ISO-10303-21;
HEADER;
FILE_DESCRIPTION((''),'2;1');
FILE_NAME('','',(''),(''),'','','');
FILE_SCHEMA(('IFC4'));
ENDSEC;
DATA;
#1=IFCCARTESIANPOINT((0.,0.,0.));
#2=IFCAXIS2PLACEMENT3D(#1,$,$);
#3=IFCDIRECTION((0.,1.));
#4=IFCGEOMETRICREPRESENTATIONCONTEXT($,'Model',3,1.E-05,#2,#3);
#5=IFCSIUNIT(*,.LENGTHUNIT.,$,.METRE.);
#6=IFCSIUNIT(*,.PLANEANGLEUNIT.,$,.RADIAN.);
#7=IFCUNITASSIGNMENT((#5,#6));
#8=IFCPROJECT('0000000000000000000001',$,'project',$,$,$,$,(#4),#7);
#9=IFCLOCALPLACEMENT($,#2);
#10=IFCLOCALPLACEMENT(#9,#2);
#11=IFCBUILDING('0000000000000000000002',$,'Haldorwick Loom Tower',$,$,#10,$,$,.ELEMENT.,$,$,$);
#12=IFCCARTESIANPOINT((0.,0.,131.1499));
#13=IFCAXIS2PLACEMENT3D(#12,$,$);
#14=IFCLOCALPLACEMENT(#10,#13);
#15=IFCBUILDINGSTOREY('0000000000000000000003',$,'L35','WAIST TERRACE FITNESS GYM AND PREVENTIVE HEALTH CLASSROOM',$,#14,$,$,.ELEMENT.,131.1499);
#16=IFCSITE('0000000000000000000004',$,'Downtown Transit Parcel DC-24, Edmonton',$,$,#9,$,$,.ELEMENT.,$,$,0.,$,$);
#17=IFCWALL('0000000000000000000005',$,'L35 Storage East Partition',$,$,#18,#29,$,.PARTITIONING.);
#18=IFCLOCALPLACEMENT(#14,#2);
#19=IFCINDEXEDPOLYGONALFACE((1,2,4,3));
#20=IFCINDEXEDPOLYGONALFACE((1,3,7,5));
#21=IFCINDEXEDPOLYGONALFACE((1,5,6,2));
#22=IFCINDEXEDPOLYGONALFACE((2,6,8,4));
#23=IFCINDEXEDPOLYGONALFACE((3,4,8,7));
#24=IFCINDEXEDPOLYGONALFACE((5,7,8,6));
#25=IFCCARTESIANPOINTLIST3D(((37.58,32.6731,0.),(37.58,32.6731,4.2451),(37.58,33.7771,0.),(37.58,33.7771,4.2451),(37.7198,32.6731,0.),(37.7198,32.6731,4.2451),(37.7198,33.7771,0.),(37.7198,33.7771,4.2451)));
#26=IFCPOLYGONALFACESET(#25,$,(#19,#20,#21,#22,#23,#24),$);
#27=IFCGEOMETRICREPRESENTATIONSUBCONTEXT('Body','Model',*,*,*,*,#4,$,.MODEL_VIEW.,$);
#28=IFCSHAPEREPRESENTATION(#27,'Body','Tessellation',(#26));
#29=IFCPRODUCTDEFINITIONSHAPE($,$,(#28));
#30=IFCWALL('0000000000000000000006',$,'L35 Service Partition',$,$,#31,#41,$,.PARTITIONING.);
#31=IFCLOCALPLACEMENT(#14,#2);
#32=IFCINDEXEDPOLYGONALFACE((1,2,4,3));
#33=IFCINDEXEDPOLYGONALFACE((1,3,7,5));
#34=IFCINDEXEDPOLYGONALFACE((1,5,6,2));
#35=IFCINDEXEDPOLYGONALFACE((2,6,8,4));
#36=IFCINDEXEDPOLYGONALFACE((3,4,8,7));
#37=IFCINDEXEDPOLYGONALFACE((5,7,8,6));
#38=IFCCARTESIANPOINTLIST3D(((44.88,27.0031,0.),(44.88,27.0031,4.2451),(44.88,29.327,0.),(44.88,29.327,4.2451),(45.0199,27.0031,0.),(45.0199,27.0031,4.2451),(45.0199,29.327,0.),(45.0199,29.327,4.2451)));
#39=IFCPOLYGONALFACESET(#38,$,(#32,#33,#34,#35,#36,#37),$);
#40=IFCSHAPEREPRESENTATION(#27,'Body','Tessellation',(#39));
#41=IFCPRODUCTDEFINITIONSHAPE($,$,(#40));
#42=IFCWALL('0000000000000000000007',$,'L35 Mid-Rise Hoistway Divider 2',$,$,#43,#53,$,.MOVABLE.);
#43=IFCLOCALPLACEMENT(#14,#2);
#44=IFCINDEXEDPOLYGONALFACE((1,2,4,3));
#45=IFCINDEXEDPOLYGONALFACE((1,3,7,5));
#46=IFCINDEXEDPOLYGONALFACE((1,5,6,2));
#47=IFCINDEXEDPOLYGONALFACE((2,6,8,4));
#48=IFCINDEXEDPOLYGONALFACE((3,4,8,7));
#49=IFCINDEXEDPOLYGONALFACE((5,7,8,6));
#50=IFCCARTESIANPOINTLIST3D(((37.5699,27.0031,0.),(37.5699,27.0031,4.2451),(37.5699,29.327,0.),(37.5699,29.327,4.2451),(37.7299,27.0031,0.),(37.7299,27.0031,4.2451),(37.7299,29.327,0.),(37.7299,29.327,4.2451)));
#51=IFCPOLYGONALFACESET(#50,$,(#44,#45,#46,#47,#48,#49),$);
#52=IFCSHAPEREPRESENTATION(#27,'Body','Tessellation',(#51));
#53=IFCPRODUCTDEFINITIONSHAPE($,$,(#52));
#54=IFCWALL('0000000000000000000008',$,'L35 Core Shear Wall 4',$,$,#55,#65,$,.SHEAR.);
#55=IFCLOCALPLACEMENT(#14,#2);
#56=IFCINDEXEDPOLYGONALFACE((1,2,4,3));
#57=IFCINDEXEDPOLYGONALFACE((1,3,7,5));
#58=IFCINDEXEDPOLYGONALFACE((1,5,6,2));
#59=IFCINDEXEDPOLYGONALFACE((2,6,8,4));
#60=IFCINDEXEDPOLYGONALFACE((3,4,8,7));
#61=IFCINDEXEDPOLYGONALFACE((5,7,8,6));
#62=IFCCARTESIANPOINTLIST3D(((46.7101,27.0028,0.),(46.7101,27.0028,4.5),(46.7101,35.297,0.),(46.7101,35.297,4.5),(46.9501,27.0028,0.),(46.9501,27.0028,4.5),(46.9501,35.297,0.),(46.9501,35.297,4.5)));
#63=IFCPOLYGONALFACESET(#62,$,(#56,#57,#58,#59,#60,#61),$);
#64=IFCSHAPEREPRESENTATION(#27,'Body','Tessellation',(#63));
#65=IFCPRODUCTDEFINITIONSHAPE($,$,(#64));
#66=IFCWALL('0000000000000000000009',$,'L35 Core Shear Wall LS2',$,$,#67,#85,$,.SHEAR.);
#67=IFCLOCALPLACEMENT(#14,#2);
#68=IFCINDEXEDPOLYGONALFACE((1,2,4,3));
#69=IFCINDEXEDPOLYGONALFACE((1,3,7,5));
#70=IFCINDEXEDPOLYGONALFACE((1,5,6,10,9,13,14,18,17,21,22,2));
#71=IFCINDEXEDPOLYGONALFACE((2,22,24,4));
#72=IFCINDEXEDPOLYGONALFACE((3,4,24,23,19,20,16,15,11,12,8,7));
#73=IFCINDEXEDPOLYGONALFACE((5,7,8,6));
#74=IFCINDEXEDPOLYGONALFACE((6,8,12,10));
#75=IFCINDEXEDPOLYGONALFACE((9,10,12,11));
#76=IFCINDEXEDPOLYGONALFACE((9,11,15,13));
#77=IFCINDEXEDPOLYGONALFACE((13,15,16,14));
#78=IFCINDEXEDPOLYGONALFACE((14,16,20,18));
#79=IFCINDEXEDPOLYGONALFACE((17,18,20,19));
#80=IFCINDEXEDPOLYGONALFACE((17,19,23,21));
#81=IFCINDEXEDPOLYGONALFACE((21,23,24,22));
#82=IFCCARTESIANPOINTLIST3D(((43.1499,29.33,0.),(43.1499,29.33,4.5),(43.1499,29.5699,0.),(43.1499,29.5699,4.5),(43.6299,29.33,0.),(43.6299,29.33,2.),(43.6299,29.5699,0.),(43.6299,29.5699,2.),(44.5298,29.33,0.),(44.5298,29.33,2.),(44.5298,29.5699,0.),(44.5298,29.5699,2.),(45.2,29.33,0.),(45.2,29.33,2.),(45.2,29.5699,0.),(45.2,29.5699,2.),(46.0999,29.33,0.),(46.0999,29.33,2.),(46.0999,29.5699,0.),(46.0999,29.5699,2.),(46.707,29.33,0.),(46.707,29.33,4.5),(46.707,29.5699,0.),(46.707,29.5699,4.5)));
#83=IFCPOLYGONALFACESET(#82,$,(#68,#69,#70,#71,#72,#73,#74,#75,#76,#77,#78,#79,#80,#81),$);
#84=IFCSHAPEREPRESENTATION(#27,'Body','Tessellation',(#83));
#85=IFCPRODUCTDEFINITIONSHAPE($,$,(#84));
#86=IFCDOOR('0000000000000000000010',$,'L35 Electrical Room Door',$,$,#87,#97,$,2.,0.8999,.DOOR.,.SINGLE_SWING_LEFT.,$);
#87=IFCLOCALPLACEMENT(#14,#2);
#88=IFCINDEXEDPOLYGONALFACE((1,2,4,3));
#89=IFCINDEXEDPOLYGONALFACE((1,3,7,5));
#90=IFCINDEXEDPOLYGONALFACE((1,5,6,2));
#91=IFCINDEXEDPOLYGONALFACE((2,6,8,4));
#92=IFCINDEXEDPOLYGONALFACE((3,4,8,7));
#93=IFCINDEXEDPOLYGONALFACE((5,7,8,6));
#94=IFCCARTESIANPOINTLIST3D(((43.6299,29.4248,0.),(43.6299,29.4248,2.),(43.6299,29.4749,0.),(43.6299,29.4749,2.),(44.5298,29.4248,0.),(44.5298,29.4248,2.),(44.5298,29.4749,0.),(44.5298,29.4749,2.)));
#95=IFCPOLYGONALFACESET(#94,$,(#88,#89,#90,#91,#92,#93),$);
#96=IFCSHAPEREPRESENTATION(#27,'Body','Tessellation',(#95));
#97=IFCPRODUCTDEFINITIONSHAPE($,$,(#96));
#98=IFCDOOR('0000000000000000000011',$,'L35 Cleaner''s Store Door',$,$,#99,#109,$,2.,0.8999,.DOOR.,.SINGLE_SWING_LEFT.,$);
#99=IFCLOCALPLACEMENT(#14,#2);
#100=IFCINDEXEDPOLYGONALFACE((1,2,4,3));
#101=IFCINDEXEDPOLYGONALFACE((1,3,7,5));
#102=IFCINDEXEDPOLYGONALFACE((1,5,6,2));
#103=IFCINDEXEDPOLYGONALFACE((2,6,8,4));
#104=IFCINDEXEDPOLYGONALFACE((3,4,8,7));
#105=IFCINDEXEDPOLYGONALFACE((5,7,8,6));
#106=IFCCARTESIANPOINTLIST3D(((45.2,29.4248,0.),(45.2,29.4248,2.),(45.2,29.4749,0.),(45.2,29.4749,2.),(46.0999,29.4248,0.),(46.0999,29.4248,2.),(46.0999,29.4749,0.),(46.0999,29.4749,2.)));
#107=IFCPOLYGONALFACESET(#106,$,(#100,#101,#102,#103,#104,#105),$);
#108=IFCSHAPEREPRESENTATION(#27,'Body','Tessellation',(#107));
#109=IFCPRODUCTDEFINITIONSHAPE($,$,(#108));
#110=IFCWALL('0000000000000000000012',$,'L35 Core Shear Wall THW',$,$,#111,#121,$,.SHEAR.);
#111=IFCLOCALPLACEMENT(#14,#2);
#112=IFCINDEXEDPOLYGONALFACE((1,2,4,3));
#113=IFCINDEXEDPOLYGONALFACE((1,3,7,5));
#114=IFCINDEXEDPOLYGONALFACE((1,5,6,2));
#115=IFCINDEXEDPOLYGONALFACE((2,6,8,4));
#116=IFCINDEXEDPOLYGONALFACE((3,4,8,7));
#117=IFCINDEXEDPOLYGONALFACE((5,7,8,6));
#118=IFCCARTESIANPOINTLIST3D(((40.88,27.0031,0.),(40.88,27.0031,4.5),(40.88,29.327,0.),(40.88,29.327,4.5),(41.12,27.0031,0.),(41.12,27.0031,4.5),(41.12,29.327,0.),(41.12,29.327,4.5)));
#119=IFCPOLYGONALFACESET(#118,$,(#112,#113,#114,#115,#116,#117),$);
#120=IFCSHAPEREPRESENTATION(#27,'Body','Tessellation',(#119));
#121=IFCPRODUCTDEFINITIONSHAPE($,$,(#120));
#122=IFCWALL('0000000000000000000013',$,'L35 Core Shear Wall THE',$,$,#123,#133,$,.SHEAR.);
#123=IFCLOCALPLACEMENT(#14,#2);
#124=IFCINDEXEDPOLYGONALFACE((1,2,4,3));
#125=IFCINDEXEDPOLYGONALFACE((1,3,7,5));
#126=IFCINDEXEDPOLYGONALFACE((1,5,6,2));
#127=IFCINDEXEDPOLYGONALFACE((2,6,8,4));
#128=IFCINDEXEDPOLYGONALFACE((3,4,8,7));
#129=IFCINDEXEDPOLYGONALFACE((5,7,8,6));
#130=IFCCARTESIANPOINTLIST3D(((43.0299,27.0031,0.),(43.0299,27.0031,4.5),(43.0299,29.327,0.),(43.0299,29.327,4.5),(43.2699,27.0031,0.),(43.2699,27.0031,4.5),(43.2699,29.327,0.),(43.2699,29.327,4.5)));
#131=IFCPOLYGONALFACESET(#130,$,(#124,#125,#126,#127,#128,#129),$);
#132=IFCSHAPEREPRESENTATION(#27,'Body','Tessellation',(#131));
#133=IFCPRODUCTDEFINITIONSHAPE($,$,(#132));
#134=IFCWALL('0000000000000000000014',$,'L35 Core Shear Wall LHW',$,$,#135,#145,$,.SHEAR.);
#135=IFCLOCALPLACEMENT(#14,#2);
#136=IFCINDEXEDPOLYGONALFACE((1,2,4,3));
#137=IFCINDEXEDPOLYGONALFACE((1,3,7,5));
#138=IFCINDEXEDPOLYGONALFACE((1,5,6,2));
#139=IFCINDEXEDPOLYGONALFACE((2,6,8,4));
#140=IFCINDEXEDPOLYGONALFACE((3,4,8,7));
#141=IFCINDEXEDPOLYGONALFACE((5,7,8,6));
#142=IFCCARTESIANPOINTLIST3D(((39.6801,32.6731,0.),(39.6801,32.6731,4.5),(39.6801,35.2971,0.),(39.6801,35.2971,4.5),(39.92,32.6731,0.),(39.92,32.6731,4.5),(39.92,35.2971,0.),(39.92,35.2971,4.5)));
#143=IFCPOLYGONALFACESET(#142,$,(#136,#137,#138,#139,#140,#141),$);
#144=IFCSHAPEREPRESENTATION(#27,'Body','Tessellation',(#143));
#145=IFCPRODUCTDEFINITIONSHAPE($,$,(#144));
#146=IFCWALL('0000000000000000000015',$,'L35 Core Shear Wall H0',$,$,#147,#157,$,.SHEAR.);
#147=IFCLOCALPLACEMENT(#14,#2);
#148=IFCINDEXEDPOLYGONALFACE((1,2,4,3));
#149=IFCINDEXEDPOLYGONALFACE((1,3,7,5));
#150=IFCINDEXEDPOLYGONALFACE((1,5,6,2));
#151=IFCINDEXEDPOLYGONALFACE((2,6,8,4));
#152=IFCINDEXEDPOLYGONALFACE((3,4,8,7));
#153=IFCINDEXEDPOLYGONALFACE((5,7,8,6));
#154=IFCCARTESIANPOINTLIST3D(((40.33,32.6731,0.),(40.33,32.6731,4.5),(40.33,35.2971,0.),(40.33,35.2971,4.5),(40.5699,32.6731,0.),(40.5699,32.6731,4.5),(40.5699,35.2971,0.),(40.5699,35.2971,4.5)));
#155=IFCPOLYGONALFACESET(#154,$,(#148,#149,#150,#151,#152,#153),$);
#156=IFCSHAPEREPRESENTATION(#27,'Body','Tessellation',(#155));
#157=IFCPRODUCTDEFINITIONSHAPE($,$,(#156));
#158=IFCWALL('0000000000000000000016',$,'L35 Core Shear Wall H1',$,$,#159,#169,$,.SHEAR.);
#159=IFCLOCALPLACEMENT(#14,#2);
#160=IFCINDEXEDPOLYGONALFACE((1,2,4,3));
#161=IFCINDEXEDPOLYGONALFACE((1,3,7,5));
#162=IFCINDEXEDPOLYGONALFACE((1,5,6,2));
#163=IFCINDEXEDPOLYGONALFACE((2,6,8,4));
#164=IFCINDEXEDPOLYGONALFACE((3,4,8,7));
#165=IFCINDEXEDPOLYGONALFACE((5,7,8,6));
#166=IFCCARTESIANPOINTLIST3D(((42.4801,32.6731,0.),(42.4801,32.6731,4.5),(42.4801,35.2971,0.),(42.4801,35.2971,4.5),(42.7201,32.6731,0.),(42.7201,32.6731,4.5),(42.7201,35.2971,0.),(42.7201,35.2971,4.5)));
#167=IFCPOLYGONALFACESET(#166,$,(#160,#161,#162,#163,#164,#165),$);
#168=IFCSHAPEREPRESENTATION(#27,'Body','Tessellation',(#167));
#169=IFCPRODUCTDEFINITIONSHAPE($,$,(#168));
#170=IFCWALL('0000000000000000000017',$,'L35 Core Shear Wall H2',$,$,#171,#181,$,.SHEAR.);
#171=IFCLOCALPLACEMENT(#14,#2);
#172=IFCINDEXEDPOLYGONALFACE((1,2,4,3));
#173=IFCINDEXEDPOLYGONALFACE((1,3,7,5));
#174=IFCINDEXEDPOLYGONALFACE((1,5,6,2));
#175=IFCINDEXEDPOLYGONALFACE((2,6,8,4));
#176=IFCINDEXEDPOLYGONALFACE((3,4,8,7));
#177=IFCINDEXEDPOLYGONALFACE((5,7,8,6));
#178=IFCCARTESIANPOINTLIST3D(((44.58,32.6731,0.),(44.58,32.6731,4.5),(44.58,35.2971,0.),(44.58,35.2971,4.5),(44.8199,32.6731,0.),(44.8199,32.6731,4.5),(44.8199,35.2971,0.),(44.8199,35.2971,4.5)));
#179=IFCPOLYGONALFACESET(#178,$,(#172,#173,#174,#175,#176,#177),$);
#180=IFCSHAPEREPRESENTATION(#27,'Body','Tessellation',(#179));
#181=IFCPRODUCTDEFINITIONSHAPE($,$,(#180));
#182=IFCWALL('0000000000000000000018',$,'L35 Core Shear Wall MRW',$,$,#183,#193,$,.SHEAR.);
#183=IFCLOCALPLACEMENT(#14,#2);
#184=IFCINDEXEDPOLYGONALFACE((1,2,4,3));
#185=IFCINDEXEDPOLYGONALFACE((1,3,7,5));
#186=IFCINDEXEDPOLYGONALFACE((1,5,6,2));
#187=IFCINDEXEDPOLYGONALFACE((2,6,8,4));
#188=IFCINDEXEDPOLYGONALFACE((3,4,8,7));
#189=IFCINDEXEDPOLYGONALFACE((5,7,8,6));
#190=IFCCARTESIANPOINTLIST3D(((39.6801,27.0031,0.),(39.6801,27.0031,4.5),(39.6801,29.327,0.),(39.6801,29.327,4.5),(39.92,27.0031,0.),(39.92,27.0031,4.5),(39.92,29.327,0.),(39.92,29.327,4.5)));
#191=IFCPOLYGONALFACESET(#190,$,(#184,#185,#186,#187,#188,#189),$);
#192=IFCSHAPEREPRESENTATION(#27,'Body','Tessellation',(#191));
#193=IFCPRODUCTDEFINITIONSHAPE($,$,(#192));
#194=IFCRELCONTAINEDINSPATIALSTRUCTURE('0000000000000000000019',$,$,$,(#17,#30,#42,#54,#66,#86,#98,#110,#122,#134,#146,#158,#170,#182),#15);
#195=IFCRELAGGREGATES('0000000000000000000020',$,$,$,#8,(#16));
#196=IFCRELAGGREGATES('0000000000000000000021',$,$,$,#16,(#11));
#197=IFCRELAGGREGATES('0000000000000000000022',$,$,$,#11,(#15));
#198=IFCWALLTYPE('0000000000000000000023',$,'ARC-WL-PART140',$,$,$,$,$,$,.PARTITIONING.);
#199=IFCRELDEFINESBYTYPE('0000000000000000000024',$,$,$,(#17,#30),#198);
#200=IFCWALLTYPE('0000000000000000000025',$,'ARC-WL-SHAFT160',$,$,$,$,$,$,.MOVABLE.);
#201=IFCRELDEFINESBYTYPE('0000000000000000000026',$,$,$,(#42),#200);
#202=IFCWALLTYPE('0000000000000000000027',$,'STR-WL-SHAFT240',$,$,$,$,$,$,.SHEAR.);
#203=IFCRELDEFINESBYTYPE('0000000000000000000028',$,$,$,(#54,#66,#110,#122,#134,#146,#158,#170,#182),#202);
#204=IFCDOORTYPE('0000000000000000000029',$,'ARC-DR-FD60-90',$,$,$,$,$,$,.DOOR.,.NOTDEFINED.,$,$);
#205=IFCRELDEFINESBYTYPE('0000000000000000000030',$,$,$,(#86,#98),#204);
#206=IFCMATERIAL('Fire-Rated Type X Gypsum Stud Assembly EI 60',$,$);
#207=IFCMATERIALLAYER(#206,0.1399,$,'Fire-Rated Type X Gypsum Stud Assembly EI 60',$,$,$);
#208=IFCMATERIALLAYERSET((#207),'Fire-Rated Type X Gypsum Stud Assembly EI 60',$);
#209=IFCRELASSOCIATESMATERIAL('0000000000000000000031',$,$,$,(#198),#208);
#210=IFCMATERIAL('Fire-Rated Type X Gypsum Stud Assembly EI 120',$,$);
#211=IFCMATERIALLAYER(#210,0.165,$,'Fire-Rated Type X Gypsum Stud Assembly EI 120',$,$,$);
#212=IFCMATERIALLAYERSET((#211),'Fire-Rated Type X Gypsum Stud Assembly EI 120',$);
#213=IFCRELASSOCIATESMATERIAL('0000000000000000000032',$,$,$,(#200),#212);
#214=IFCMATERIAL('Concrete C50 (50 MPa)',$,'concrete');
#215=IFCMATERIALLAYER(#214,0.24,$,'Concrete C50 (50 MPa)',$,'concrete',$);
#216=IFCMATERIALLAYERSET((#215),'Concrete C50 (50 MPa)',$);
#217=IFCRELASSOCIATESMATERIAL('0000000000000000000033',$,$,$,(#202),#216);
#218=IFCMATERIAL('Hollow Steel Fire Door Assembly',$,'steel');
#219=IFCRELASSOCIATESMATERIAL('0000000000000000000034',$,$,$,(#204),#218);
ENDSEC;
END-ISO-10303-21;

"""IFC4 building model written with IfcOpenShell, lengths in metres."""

from ifc_helpers import new_model, si_unit, direction, frame, frame_2d, origin, place, context, subcontext, project, spatial, rectangle, extrude, material, layer, layer_set, type_object, element, fill, save


model = new_model("IFC4")

# Units and contexts
model_context = context("Model", 3, precision=1e-05, world=origin(), true_north=direction((0.0, 1.0)))
body_context = subcontext(model_context, "Body", "Model", "MODEL_VIEW")
ifc_project = project(units=[si_unit("LENGTHUNIT", "METRE"), si_unit("PLANEANGLEUNIT", "RADIAN")], contexts=[model_context])

# Site, building, storey
site_placement = place(None, origin())
site = spatial("IfcSite", under=ifc_project, at=site_placement, Name="Downtown Transit Parcel DC-24, Edmonton", CompositionType="ELEMENT", RefElevation=0.0)
building_placement = place(site_placement, origin())
building = spatial("IfcBuilding", under=site, at=building_placement, Name="Haldorwick Loom Tower", CompositionType="ELEMENT")
storey_placement = place(building_placement, frame((0.0, 0.0, 131.1499)))
storey = spatial("IfcBuildingStorey", under=building, at=storey_placement, Name="L35", Description="WAIST TERRACE FITNESS GYM AND PREVENTIVE HEALTH CLASSROOM", CompositionType="ELEMENT", Elevation=131.1499)

# Walls
ifc_material_1 = material(Name="Fire-Rated Type X Gypsum Stud Assembly EI 60")
ifc_layer_1 = layer(ifc_material_1, 0.1399, Name="Fire-Rated Type X Gypsum Stud Assembly EI 60")
ifc_layer_set_1 = layer_set([ifc_layer_1], Name="Fire-Rated Type X Gypsum Stud Assembly EI 60")
wall_type_1 = type_object("IfcWallType", Name="ARC-WL-PART140", PredefinedType="PARTITIONING", material=ifc_layer_set_1)
wall_1_placement = place(storey_placement, frame((37.6499, 32.6731, 0.0), z_axis=(0.0, 0.0, 1.0), x_axis=(0.0, 1.0, 0.0)))
element("IfcWall", 1, at=wall_1_placement, inside=storey, type_object=wall_type_1, Name="L35 Storage East Partition", PredefinedType="PARTITIONING", context=body_context, shape_type="SweptSolid", body=[
    extrude(rectangle(XDim=1.104, YDim=0.1399, at=frame_2d((0.552, 0.0))), origin(), (0.0, 0.0, 1.0), 4.2451),
])
wall_2_placement = place(storey_placement, frame((44.95, 27.0029, 0.0), z_axis=(0.0, 0.0, 1.0), x_axis=(0.0, 1.0, 0.0)))
element("IfcWall", 2, at=wall_2_placement, inside=storey, type_object=wall_type_1, Name="L35 Service Partition", PredefinedType="PARTITIONING", context=body_context, shape_type="SweptSolid", body=[
    extrude(rectangle(XDim=2.324, YDim=0.1399, at=frame_2d((1.1621, 0.0))), origin(), (0.0, 0.0, 1.0), 4.2451),
])
ifc_material_2 = material(Name="Fire-Rated Type X Gypsum Stud Assembly EI 120")
ifc_layer_2 = layer(ifc_material_2, 0.165, Name="Fire-Rated Type X Gypsum Stud Assembly EI 120")
ifc_layer_set_2 = layer_set([ifc_layer_2], Name="Fire-Rated Type X Gypsum Stud Assembly EI 120")
wall_type_2 = type_object("IfcWallType", Name="ARC-WL-SHAFT160", PredefinedType="MOVABLE", material=ifc_layer_set_2)
wall_3_placement = place(storey_placement, frame((37.6499, 27.0029, 0.0), z_axis=(0.0, 0.0, 1.0), x_axis=(0.0, 1.0, 0.0)))
element("IfcWall", 3, at=wall_3_placement, inside=storey, type_object=wall_type_2, Name="L35 Mid-Rise Hoistway Divider 2", PredefinedType="MOVABLE", context=body_context, shape_type="SweptSolid", body=[
    extrude(rectangle(XDim=2.324, YDim=0.1599, at=frame_2d((1.1621, 0.0))), origin(), (0.0, 0.0, 1.0), 4.2451),
])
ifc_material_3 = material(Name="Concrete C50 (50 MPa)", Category="concrete")
ifc_layer_3 = layer(ifc_material_3, 0.24, Name="Concrete C50 (50 MPa)", Category="concrete")
ifc_layer_set_3 = layer_set([ifc_layer_3], Name="Concrete C50 (50 MPa)")
wall_type_3 = type_object("IfcWallType", Name="STR-WL-SHAFT240", PredefinedType="SHEAR", material=ifc_layer_set_3)
wall_4_placement = place(storey_placement, frame((46.8301, 27.0029, 0.0), z_axis=(0.0, 0.0, 1.0), x_axis=(0.0, 1.0, 0.0)))
element("IfcWall", 4, at=wall_4_placement, inside=storey, type_object=wall_type_3, Name="L35 Core Shear Wall 4", PredefinedType="SHEAR", context=body_context, shape_type="SweptSolid", body=[
    extrude(rectangle(XDim=8.2942, YDim=0.24, at=frame_2d((4.147, 0.0))), origin(), (0.0, 0.0, 1.0), 4.5),
])

# Wall, openings, doors
wall_5_placement = place(storey_placement, frame((43.1499, 29.45, 0.0), z_axis=(0.0, 0.0, 1.0), x_axis=(1.0, 0.0, 0.0)))
wall_5 = element("IfcWall", 5, at=wall_5_placement, inside=storey, type_object=wall_type_3, Name="L35 Core Shear Wall LS2", PredefinedType="SHEAR", context=body_context, shape_type="SweptSolid", body=[
    extrude(rectangle(XDim=3.5571, YDim=0.24, at=frame_2d((1.7786, 0.0))), origin(), (0.0, 0.0, 1.0), 4.5),
])
opening_1_placement = place(wall_5_placement, frame((0.48, 0.0, 0.0)))
opening_1 = element("IfcOpeningElement", 6, at=opening_1_placement, cuts=wall_5, PredefinedType="OPENING", context=body_context, shape_type="SweptSolid", body=[
    extrude(rectangle(XDim=0.8999, YDim=2.0, at=frame_2d((0.45, 1.0))), frame((0.0, 0.1299, 0.0), z_axis=(0.0, -1.0, 0.0), x_axis=(1.0, 0.0, 0.0)), (0.0, 0.0, 1.0), 0.26),
])
opening_2_placement = place(wall_5_placement, frame((2.05, 0.0, 0.0)))
opening_2 = element("IfcOpeningElement", 7, at=opening_2_placement, cuts=wall_5, PredefinedType="OPENING", context=body_context, shape_type="SweptSolid", body=[
    extrude(rectangle(XDim=0.8999, YDim=2.0, at=frame_2d((0.45, 1.0))), frame((0.0, 0.1299, 0.0), z_axis=(0.0, -1.0, 0.0), x_axis=(1.0, 0.0, 0.0)), (0.0, 0.0, 1.0), 0.26),
])
ifc_material_4 = material(Name="Hollow Steel Fire Door Assembly", Category="steel")
door_type = type_object("IfcDoorType", Name="ARC-DR-FD60-90", OperationType="NOTDEFINED", PredefinedType="DOOR", material=ifc_material_4)
door_1_placement = place(opening_1_placement, origin())
door_1 = element("IfcDoor", 8, at=door_1_placement, inside=storey, type_object=door_type, Name="L35 Electrical Room Door", OperationType="SINGLE_SWING_LEFT", OverallHeight=2.0, OverallWidth=0.8999, PredefinedType="DOOR", context=body_context, shape_type="SweptSolid", body=[
    extrude(rectangle(XDim=0.8999, YDim=2.0, at=frame_2d((0.45, 1.0))), frame((0.0, 0.0249, 0.0), z_axis=(0.0, -1.0, 0.0), x_axis=(1.0, 0.0, 0.0)), (0.0, 0.0, 1.0), 0.05),
])
fill(opening_1, door_1)
door_2_placement = place(opening_2_placement, origin())
door_2 = element("IfcDoor", 9, at=door_2_placement, inside=storey, type_object=door_type, Name="L35 Cleaner's Store Door", OperationType="SINGLE_SWING_LEFT", OverallHeight=2.0, OverallWidth=0.8999, PredefinedType="DOOR", context=body_context, shape_type="SweptSolid", body=[
    extrude(rectangle(XDim=0.8999, YDim=2.0, at=frame_2d((0.45, 1.0))), frame((0.0, 0.0249, 0.0), z_axis=(0.0, -1.0, 0.0), x_axis=(1.0, 0.0, 0.0)), (0.0, 0.0, 1.0), 0.05),
])
fill(opening_2, door_2)

# Walls
for number, where, z_axis, x_axis, name in (
    (10, (41.0, 27.0029, 0.0), (0.0, 0.0, 1.0), (0.0, 1.0, 0.0), "L35 Core Shear Wall THW"),
    (11, (43.1499, 27.0029, 0.0), (0.0, 0.0, 1.0), (0.0, 1.0, 0.0), "L35 Core Shear Wall THE"),
):
    element("IfcWall", number, at=place(storey_placement, frame(where, z_axis=z_axis, x_axis=x_axis)), inside=storey, type_object=wall_type_3, Name=name, PredefinedType="SHEAR", context=body_context, shape_type="SweptSolid", body=[
        extrude(rectangle(XDim=2.324, YDim=0.24, at=frame_2d((1.1621, 0.0))), origin(), (0.0, 0.0, 1.0), 4.5),
    ])
for number, where, z_axis, x_axis, name in (
    (12, (39.8, 32.6731, 0.0), (0.0, 0.0, 1.0), (0.0, 1.0, 0.0), "L35 Core Shear Wall LHW"),
    (13, (40.45, 32.6731, 0.0), (0.0, 0.0, 1.0), (0.0, 1.0, 0.0), "L35 Core Shear Wall H0"),
    (14, (42.6001, 32.6731, 0.0), (0.0, 0.0, 1.0), (0.0, 1.0, 0.0), "L35 Core Shear Wall H1"),
    (15, (44.7, 32.6731, 0.0), (0.0, 0.0, 1.0), (0.0, 1.0, 0.0), "L35 Core Shear Wall H2"),
):
    element("IfcWall", number, at=place(storey_placement, frame(where, z_axis=z_axis, x_axis=x_axis)), inside=storey, type_object=wall_type_3, Name=name, PredefinedType="SHEAR", context=body_context, shape_type="SweptSolid", body=[
        extrude(rectangle(XDim=2.624, YDim=0.24, at=frame_2d((1.312, 0.0))), origin(), (0.0, 0.0, 1.0), 4.5),
    ])
wall_6_placement = place(storey_placement, frame((39.8, 27.0029, 0.0), z_axis=(0.0, 0.0, 1.0), x_axis=(0.0, 1.0, 0.0)))
element("IfcWall", 16, at=wall_6_placement, inside=storey, type_object=wall_type_3, Name="L35 Core Shear Wall MRW", PredefinedType="SHEAR", context=body_context, shape_type="SweptSolid", body=[
    extrude(rectangle(XDim=2.324, YDim=0.24, at=frame_2d((1.1621, 0.0))), origin(), (0.0, 0.0, 1.0), 4.5),
])

save(model, "model.ifc")
